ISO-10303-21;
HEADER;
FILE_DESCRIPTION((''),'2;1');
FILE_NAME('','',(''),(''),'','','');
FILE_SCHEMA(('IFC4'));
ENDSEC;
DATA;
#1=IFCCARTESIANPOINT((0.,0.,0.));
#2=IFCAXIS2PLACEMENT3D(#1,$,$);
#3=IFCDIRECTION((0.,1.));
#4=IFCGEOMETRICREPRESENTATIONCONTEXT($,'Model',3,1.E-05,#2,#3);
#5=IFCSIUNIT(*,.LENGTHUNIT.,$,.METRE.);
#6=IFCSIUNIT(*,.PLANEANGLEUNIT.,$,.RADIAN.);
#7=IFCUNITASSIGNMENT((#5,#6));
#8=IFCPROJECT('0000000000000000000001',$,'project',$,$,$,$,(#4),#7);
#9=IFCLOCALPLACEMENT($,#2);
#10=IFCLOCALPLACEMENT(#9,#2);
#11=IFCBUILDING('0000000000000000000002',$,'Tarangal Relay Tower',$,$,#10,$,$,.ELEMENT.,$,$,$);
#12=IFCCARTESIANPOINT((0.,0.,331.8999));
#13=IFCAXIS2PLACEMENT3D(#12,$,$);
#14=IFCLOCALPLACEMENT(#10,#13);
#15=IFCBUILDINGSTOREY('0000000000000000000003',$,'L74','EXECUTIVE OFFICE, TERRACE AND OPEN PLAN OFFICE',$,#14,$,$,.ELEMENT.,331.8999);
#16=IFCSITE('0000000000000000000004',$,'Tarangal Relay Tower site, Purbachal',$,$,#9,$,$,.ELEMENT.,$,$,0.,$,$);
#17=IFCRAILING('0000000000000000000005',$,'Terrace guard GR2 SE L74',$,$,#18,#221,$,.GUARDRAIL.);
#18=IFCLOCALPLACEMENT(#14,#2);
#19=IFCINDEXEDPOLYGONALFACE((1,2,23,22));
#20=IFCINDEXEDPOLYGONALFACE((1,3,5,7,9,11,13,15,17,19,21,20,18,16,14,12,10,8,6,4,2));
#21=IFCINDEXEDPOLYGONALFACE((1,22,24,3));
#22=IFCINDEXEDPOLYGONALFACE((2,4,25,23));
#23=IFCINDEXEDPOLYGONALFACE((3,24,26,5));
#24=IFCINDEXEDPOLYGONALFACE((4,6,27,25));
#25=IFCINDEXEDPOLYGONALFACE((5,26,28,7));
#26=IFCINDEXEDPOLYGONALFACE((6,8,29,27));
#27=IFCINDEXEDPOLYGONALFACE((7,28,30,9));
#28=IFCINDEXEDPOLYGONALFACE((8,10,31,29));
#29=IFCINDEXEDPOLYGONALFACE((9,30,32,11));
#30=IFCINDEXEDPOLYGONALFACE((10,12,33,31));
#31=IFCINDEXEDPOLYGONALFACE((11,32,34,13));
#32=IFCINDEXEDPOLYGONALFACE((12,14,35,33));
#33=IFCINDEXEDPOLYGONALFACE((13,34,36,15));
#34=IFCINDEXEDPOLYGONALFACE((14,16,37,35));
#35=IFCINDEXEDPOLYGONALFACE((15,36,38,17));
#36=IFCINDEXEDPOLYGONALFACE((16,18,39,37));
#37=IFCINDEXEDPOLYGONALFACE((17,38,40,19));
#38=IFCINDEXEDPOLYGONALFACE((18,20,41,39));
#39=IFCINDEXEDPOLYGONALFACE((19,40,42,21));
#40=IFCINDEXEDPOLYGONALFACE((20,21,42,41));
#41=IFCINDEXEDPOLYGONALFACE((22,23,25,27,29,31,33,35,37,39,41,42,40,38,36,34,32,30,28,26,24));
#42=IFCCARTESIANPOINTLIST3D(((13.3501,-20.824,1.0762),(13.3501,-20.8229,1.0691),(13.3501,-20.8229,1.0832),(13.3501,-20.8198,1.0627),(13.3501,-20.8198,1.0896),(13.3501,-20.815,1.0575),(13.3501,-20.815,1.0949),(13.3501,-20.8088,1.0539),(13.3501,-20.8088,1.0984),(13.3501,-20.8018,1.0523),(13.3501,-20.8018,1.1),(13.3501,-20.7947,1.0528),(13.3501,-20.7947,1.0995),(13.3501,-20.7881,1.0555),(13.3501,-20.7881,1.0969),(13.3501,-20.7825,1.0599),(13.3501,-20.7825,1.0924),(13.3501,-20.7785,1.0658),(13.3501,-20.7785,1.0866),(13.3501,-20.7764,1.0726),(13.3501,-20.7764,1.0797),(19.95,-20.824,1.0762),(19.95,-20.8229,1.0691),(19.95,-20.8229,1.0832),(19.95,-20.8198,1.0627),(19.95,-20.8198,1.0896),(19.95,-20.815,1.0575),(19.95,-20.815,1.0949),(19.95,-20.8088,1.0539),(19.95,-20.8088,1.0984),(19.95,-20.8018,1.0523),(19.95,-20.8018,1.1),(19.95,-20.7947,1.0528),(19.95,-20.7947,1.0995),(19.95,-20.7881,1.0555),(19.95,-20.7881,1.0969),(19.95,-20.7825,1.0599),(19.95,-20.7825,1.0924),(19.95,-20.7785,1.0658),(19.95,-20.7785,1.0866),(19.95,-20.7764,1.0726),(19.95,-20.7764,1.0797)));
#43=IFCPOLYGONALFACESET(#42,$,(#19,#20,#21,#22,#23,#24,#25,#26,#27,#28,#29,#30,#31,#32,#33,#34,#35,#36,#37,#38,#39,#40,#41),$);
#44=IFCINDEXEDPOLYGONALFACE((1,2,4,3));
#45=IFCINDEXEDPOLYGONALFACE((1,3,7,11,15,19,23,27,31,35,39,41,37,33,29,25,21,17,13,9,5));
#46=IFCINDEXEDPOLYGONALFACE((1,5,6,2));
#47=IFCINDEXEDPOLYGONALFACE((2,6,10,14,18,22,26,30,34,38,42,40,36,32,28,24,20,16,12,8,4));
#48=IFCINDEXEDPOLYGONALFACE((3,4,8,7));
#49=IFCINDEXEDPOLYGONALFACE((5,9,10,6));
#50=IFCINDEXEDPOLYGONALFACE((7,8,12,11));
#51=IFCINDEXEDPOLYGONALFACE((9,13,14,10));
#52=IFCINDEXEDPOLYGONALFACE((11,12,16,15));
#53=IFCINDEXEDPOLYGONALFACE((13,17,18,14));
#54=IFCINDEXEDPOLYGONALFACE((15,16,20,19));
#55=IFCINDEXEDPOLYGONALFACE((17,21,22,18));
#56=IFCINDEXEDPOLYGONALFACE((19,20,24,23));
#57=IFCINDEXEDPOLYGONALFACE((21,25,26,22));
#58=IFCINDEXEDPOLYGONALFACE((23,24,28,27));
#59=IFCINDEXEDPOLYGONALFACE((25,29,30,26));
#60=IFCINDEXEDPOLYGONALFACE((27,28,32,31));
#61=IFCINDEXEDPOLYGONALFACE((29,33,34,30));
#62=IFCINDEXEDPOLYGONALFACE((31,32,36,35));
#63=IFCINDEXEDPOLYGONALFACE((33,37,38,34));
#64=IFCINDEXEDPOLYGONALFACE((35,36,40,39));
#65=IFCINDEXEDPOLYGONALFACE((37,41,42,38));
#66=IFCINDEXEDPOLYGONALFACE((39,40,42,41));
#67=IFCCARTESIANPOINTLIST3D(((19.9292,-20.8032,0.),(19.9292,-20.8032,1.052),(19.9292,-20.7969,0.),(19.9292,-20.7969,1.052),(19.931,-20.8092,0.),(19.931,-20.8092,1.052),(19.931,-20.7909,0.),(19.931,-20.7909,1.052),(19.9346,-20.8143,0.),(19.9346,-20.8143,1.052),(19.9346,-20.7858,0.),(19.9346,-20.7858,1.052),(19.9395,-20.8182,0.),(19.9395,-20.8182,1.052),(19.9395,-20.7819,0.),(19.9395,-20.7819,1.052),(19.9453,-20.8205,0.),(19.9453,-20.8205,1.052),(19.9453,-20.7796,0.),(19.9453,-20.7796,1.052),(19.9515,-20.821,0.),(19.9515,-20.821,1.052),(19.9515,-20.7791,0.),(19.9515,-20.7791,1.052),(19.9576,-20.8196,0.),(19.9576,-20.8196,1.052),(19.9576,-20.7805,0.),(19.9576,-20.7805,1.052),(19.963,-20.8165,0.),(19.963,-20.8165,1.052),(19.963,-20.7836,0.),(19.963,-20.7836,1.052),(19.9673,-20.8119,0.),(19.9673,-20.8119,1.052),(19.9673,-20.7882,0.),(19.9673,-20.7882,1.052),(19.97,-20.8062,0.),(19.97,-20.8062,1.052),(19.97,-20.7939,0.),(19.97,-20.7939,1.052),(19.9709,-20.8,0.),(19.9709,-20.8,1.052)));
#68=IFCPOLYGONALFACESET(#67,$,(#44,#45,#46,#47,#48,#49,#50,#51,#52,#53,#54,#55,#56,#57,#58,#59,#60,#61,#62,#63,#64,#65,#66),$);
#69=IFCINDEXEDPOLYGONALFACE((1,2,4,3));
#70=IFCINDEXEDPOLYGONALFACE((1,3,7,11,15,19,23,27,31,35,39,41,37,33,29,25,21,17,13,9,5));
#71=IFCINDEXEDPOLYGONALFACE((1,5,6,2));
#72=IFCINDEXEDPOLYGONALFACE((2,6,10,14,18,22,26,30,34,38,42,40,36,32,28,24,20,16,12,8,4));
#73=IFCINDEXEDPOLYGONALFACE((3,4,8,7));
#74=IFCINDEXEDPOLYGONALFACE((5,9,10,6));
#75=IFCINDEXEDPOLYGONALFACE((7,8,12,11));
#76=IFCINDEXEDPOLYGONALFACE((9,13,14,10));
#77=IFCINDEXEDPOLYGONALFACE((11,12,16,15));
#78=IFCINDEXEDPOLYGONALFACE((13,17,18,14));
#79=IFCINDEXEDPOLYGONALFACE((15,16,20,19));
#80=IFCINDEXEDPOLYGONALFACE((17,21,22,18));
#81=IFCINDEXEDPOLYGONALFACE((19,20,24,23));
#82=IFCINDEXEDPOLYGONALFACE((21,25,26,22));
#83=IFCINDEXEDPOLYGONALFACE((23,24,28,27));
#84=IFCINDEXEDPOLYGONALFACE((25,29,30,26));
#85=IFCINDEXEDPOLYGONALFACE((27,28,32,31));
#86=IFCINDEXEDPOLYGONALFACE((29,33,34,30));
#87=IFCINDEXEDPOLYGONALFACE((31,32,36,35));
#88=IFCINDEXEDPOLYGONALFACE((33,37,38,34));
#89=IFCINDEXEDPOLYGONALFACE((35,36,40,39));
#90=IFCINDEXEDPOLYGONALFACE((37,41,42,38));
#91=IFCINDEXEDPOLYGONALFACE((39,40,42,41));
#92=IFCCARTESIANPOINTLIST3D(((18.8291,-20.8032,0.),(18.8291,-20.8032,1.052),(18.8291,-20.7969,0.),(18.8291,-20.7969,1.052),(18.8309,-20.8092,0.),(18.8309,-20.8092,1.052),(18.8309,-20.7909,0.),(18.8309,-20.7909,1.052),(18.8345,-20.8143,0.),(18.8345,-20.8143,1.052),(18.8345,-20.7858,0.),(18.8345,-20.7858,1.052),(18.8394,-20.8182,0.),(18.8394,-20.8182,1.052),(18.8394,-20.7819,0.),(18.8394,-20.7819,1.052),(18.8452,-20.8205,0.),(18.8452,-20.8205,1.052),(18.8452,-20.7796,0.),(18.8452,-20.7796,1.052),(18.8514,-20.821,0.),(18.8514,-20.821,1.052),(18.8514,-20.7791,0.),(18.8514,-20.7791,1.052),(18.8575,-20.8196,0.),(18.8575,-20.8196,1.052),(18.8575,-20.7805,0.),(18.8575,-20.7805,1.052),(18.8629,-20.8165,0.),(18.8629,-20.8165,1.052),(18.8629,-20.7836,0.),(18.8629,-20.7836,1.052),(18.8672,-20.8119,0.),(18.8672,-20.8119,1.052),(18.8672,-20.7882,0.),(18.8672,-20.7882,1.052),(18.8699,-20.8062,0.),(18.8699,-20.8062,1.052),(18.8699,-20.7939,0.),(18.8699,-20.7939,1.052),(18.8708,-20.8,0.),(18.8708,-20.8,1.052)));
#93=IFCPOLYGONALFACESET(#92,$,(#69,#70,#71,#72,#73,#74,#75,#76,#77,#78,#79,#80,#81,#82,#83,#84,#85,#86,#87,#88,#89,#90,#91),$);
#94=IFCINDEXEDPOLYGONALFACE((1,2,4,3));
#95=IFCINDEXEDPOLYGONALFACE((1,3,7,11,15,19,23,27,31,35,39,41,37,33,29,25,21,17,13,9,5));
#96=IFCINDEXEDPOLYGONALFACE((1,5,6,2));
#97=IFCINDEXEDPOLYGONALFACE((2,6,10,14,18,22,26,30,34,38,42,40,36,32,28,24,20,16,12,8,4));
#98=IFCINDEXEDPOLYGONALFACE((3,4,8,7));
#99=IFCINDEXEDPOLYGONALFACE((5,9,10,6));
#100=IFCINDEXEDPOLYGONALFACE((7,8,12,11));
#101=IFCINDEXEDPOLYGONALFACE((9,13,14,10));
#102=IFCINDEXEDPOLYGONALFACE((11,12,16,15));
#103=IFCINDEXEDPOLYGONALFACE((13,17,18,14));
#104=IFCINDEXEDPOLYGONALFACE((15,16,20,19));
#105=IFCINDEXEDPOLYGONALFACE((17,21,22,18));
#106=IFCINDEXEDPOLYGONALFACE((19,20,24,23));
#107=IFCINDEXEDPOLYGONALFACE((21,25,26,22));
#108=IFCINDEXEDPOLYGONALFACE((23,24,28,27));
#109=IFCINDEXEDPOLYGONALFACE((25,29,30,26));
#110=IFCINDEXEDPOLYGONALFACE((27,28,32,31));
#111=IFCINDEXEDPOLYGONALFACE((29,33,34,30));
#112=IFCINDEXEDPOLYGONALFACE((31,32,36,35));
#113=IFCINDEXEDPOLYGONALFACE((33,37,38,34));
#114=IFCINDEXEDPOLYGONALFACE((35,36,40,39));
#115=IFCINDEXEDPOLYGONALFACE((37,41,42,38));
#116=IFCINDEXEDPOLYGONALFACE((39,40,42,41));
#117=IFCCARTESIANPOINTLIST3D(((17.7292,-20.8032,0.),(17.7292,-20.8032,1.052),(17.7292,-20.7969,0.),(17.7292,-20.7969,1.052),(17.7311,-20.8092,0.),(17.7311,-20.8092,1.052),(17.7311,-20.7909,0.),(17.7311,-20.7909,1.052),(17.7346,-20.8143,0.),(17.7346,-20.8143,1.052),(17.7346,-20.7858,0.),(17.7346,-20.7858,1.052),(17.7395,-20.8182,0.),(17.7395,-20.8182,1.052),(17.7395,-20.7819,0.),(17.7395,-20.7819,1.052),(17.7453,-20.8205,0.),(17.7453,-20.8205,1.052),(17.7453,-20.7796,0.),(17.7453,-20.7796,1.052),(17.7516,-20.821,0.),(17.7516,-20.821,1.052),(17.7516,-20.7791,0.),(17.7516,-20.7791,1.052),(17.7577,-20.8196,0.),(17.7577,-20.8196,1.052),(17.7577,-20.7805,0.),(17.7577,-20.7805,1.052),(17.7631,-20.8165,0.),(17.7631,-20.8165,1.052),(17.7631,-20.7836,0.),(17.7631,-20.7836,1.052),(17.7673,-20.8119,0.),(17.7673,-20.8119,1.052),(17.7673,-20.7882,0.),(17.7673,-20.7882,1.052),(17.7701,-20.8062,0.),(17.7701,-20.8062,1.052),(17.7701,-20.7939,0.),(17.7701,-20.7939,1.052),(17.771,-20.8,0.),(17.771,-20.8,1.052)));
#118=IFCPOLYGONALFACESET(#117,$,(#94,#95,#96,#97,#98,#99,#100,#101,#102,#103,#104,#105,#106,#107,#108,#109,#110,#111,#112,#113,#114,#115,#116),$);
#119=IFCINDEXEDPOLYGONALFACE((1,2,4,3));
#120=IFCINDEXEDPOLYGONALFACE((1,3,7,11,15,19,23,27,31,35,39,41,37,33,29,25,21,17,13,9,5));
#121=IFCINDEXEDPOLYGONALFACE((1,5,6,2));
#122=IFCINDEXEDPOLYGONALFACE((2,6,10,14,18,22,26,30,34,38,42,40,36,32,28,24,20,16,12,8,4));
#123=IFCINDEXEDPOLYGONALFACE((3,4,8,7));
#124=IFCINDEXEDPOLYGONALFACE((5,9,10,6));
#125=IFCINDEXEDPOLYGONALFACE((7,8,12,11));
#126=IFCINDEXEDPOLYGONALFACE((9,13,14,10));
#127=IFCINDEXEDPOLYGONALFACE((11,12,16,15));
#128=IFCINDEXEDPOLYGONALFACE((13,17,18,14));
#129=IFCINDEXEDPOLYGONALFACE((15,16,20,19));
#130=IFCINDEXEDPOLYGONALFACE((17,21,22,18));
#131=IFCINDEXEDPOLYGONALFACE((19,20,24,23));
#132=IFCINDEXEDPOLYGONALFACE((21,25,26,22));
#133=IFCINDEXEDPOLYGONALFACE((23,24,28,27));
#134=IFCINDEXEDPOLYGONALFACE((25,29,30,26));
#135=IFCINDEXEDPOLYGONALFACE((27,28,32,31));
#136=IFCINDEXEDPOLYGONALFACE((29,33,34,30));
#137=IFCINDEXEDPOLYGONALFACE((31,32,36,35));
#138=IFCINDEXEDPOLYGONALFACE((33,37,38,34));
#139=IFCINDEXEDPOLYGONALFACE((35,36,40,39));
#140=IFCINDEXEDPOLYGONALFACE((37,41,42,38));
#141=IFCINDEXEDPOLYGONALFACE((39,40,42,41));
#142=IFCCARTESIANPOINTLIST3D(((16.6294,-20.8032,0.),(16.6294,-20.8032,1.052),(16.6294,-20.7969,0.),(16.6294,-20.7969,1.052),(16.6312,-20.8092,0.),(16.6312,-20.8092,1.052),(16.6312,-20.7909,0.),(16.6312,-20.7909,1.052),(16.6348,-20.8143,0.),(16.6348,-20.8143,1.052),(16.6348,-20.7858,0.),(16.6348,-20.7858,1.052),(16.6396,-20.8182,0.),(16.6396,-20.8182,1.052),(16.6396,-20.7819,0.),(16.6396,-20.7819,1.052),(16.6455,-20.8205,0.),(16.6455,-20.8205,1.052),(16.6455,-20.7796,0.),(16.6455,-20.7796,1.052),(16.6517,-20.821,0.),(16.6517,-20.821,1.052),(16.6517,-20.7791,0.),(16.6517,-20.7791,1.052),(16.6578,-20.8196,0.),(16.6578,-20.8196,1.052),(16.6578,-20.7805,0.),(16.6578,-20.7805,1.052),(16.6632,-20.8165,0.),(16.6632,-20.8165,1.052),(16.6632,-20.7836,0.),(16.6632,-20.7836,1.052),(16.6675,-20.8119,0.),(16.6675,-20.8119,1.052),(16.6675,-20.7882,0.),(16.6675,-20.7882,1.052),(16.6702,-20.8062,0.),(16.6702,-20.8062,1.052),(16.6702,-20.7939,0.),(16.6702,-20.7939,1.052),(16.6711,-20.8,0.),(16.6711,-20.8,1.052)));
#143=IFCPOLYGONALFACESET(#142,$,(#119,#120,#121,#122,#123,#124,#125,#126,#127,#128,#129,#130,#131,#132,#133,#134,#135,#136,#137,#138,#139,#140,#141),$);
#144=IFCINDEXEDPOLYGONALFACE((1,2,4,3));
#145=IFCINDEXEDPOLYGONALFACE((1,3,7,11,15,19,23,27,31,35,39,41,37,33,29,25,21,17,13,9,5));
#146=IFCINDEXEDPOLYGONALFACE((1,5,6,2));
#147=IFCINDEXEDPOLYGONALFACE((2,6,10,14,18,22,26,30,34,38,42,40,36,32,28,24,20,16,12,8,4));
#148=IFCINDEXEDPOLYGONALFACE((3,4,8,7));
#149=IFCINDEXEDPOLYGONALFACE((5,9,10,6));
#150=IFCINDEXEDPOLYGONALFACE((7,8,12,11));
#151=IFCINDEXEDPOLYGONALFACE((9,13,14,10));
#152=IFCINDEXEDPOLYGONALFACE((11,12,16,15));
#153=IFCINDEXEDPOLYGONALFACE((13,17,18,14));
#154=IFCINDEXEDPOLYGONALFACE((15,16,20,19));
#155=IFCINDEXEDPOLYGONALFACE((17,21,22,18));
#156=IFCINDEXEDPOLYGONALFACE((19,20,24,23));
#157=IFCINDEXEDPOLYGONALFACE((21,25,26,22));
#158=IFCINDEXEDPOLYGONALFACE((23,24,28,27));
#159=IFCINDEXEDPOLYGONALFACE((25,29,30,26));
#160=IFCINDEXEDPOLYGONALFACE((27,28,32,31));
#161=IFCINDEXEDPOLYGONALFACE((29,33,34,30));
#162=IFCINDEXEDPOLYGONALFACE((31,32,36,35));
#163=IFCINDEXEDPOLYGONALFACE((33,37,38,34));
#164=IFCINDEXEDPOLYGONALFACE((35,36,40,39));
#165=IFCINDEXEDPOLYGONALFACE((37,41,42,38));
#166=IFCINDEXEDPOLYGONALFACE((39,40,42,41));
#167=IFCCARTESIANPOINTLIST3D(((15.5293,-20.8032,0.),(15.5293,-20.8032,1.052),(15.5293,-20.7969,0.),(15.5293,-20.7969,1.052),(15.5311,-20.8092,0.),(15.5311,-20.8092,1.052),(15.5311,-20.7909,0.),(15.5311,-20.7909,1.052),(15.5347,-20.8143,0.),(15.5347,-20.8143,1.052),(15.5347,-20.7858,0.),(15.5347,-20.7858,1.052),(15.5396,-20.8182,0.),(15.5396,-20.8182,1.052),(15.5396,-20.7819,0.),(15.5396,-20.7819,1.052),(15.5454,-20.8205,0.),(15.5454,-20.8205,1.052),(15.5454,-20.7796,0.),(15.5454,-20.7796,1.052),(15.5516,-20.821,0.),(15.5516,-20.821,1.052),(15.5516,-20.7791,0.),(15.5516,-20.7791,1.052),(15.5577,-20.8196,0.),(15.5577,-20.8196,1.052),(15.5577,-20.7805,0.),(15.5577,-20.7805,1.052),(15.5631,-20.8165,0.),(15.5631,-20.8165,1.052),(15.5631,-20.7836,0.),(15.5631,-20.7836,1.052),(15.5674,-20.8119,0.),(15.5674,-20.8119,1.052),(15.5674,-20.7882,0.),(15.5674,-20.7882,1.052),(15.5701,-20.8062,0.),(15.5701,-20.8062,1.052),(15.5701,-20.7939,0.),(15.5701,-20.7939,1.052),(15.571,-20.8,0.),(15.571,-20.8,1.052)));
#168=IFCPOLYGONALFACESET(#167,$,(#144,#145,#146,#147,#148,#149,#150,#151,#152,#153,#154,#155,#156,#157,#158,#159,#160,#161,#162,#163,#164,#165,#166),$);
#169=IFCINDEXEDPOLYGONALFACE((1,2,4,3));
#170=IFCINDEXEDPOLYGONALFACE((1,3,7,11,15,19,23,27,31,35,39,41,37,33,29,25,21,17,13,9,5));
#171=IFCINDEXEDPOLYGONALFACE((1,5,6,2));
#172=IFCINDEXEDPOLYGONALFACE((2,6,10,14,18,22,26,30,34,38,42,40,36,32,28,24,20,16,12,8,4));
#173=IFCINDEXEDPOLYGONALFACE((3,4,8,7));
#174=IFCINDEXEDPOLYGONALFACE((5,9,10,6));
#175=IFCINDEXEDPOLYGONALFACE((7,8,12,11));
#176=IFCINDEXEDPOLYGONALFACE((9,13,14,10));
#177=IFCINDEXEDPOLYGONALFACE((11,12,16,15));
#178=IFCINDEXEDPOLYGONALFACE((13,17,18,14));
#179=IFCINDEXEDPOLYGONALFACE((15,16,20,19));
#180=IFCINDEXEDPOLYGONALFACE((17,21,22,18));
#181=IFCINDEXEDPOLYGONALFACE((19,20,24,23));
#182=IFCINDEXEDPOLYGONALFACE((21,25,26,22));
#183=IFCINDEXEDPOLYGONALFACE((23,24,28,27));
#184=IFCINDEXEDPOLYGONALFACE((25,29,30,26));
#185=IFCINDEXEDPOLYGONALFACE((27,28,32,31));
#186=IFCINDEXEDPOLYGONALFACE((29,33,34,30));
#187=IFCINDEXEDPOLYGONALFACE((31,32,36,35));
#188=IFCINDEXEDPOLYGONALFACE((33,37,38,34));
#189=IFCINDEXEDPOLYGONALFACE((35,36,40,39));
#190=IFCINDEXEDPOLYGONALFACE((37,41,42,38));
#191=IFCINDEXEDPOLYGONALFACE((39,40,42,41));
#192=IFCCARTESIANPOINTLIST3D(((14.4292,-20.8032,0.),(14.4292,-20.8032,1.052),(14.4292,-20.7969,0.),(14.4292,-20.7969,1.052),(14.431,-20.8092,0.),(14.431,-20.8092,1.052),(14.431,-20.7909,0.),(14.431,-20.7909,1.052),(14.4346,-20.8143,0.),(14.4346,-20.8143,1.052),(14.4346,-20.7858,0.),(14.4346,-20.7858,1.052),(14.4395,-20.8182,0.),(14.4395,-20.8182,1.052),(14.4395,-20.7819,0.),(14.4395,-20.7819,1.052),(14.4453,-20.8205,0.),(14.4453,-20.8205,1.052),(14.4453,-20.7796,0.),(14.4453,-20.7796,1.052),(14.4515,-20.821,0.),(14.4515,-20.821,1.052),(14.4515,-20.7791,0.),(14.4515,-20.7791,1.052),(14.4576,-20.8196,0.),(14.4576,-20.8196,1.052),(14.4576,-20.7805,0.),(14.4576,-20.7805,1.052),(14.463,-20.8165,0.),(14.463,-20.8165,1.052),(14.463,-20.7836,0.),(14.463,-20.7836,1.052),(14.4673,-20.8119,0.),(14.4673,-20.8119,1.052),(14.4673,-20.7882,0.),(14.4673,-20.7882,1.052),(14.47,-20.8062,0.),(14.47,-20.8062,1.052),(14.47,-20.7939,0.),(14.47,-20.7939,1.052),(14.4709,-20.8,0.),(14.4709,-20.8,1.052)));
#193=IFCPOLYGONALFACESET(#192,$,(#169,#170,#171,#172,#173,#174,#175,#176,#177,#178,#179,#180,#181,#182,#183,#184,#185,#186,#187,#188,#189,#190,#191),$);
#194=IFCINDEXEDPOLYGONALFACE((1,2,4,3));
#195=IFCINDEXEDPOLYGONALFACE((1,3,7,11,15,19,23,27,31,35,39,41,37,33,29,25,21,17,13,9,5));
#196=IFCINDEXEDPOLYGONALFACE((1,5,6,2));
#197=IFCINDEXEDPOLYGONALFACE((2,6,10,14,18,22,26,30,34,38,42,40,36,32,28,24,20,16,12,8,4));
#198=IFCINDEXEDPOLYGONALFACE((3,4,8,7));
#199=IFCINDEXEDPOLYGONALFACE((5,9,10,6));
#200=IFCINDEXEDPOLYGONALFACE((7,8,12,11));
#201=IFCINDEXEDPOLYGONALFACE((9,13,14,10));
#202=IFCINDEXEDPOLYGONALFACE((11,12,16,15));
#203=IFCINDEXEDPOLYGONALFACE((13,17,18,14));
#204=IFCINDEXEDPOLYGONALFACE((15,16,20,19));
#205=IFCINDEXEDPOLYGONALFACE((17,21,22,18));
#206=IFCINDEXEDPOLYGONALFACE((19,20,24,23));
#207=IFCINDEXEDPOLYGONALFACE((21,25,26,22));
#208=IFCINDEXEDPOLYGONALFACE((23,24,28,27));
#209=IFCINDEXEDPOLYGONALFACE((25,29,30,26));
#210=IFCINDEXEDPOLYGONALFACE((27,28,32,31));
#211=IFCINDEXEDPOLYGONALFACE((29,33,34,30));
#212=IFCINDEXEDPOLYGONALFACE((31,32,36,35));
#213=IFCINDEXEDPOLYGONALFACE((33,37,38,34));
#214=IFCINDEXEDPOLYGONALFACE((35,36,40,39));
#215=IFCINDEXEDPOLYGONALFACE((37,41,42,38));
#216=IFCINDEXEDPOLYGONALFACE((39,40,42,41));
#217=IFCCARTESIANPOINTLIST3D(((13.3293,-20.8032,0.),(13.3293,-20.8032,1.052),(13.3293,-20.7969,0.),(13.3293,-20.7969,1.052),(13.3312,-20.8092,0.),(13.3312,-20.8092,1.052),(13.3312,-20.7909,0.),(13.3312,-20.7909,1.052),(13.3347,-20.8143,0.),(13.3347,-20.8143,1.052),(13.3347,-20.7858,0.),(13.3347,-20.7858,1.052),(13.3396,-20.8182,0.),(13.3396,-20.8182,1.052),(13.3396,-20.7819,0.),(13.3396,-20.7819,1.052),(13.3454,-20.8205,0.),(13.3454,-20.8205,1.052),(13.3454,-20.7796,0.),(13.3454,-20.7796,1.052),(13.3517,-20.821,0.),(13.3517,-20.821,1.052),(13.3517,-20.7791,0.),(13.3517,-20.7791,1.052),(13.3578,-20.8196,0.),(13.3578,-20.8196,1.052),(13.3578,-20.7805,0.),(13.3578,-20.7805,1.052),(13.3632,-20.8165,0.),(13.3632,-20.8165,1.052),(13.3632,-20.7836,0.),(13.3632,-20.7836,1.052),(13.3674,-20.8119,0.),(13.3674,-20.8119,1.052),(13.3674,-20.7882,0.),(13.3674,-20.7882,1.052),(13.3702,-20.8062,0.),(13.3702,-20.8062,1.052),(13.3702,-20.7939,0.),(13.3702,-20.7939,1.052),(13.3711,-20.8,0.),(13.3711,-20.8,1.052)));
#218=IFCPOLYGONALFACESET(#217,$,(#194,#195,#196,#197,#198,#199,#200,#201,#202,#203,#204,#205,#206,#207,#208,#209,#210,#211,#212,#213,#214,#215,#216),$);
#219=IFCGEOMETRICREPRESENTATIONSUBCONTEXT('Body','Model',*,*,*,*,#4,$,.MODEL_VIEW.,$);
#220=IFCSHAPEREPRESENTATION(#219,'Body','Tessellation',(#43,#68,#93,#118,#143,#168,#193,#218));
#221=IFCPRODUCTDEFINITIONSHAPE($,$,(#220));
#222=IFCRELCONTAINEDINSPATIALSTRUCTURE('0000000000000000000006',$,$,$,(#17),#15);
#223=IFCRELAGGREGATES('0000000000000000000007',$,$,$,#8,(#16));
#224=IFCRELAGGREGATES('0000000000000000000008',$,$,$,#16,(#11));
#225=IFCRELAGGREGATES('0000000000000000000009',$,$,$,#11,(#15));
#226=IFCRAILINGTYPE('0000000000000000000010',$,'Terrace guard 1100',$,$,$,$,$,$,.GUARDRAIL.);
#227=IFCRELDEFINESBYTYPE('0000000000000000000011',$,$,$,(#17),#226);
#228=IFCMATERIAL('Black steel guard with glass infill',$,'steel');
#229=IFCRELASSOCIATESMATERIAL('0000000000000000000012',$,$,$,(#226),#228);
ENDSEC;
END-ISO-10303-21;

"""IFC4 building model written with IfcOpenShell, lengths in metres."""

from ifc_helpers import new_model, si_unit, direction, frame, origin, origin_2d, place, context, subcontext, project, spatial, circle, extrude, material, type_object, element, save


model = new_model("IFC4")

# Units and contexts
model_context = context("Model", 3, precision=1e-05, world=origin(), true_north=direction((0.0, 1.0)))
body_context = subcontext(model_context, "Body", "Model", "MODEL_VIEW")
ifc_project = project(units=[si_unit("LENGTHUNIT", "METRE"), si_unit("PLANEANGLEUNIT", "RADIAN")], contexts=[model_context])

# Site, building, storey
site_placement = place(None, origin())
site = spatial("IfcSite", under=ifc_project, at=site_placement, Name="Tarangal Relay Tower site, Purbachal", CompositionType="ELEMENT", RefElevation=0.0)
building_placement = place(site_placement, origin())
building = spatial("IfcBuilding", under=site, at=building_placement, Name="Tarangal Relay Tower", CompositionType="ELEMENT")
storey_placement = place(building_placement, frame((0.0, 0.0, 331.8999)))
storey = spatial("IfcBuildingStorey", under=building, at=storey_placement, Name="L74", Description="EXECUTIVE OFFICE, TERRACE AND OPEN PLAN OFFICE", CompositionType="ELEMENT", Elevation=331.8999)

# Railing
ifc_material_1 = material(Name="Black steel guard with glass infill", Category="steel")
railing_type = type_object("IfcRailingType", Name="Terrace guard 1100", PredefinedType="GUARDRAIL", material=ifc_material_1)
railing_1_placement = place(storey_placement, frame((19.95, -20.8, 0.0)))
element("IfcRailing", 1, at=railing_1_placement, inside=storey, type_object=railing_type, Name="Terrace guard GR2 SE L74", PredefinedType="GUARDRAIL", context=body_context, shape_type="SweptSolid", body=[
    extrude(circle(Radius=0.0239, at=origin_2d()), frame((0.0, 0.0, 1.0762), z_axis=(-1.0, 0.0, 0.0), x_axis=(0.0, -1.0, 0.0)), (0.0, 0.0, 1.0), 6.5999),
    extrude(circle(Radius=0.021, at=origin_2d()), origin(), (0.0, 0.0, 1.0), 1.052),
    extrude(circle(Radius=0.021, at=origin_2d()), frame((-1.1001, 0.0, 0.0)), (0.0, 0.0, 1.0), 1.052),
    extrude(circle(Radius=0.021, at=origin_2d()), frame((-2.2, 0.0, 0.0)), (0.0, 0.0, 1.0), 1.052),
    extrude(circle(Radius=0.021, at=origin_2d()), frame((-3.2998, 0.0, 0.0)), (0.0, 0.0, 1.0), 1.052),
    extrude(circle(Radius=0.021, at=origin_2d()), frame((-4.3999, 0.0, 0.0)), (0.0, 0.0, 1.0), 1.052),
    extrude(circle(Radius=0.021, at=origin_2d()), frame((-5.5, 0.0, 0.0)), (0.0, 0.0, 1.0), 1.052),
    extrude(circle(Radius=0.021, at=origin_2d()), frame((-6.5999, 0.0, 0.0)), (0.0, 0.0, 1.0), 1.052),
])

save(model, "model.ifc")
